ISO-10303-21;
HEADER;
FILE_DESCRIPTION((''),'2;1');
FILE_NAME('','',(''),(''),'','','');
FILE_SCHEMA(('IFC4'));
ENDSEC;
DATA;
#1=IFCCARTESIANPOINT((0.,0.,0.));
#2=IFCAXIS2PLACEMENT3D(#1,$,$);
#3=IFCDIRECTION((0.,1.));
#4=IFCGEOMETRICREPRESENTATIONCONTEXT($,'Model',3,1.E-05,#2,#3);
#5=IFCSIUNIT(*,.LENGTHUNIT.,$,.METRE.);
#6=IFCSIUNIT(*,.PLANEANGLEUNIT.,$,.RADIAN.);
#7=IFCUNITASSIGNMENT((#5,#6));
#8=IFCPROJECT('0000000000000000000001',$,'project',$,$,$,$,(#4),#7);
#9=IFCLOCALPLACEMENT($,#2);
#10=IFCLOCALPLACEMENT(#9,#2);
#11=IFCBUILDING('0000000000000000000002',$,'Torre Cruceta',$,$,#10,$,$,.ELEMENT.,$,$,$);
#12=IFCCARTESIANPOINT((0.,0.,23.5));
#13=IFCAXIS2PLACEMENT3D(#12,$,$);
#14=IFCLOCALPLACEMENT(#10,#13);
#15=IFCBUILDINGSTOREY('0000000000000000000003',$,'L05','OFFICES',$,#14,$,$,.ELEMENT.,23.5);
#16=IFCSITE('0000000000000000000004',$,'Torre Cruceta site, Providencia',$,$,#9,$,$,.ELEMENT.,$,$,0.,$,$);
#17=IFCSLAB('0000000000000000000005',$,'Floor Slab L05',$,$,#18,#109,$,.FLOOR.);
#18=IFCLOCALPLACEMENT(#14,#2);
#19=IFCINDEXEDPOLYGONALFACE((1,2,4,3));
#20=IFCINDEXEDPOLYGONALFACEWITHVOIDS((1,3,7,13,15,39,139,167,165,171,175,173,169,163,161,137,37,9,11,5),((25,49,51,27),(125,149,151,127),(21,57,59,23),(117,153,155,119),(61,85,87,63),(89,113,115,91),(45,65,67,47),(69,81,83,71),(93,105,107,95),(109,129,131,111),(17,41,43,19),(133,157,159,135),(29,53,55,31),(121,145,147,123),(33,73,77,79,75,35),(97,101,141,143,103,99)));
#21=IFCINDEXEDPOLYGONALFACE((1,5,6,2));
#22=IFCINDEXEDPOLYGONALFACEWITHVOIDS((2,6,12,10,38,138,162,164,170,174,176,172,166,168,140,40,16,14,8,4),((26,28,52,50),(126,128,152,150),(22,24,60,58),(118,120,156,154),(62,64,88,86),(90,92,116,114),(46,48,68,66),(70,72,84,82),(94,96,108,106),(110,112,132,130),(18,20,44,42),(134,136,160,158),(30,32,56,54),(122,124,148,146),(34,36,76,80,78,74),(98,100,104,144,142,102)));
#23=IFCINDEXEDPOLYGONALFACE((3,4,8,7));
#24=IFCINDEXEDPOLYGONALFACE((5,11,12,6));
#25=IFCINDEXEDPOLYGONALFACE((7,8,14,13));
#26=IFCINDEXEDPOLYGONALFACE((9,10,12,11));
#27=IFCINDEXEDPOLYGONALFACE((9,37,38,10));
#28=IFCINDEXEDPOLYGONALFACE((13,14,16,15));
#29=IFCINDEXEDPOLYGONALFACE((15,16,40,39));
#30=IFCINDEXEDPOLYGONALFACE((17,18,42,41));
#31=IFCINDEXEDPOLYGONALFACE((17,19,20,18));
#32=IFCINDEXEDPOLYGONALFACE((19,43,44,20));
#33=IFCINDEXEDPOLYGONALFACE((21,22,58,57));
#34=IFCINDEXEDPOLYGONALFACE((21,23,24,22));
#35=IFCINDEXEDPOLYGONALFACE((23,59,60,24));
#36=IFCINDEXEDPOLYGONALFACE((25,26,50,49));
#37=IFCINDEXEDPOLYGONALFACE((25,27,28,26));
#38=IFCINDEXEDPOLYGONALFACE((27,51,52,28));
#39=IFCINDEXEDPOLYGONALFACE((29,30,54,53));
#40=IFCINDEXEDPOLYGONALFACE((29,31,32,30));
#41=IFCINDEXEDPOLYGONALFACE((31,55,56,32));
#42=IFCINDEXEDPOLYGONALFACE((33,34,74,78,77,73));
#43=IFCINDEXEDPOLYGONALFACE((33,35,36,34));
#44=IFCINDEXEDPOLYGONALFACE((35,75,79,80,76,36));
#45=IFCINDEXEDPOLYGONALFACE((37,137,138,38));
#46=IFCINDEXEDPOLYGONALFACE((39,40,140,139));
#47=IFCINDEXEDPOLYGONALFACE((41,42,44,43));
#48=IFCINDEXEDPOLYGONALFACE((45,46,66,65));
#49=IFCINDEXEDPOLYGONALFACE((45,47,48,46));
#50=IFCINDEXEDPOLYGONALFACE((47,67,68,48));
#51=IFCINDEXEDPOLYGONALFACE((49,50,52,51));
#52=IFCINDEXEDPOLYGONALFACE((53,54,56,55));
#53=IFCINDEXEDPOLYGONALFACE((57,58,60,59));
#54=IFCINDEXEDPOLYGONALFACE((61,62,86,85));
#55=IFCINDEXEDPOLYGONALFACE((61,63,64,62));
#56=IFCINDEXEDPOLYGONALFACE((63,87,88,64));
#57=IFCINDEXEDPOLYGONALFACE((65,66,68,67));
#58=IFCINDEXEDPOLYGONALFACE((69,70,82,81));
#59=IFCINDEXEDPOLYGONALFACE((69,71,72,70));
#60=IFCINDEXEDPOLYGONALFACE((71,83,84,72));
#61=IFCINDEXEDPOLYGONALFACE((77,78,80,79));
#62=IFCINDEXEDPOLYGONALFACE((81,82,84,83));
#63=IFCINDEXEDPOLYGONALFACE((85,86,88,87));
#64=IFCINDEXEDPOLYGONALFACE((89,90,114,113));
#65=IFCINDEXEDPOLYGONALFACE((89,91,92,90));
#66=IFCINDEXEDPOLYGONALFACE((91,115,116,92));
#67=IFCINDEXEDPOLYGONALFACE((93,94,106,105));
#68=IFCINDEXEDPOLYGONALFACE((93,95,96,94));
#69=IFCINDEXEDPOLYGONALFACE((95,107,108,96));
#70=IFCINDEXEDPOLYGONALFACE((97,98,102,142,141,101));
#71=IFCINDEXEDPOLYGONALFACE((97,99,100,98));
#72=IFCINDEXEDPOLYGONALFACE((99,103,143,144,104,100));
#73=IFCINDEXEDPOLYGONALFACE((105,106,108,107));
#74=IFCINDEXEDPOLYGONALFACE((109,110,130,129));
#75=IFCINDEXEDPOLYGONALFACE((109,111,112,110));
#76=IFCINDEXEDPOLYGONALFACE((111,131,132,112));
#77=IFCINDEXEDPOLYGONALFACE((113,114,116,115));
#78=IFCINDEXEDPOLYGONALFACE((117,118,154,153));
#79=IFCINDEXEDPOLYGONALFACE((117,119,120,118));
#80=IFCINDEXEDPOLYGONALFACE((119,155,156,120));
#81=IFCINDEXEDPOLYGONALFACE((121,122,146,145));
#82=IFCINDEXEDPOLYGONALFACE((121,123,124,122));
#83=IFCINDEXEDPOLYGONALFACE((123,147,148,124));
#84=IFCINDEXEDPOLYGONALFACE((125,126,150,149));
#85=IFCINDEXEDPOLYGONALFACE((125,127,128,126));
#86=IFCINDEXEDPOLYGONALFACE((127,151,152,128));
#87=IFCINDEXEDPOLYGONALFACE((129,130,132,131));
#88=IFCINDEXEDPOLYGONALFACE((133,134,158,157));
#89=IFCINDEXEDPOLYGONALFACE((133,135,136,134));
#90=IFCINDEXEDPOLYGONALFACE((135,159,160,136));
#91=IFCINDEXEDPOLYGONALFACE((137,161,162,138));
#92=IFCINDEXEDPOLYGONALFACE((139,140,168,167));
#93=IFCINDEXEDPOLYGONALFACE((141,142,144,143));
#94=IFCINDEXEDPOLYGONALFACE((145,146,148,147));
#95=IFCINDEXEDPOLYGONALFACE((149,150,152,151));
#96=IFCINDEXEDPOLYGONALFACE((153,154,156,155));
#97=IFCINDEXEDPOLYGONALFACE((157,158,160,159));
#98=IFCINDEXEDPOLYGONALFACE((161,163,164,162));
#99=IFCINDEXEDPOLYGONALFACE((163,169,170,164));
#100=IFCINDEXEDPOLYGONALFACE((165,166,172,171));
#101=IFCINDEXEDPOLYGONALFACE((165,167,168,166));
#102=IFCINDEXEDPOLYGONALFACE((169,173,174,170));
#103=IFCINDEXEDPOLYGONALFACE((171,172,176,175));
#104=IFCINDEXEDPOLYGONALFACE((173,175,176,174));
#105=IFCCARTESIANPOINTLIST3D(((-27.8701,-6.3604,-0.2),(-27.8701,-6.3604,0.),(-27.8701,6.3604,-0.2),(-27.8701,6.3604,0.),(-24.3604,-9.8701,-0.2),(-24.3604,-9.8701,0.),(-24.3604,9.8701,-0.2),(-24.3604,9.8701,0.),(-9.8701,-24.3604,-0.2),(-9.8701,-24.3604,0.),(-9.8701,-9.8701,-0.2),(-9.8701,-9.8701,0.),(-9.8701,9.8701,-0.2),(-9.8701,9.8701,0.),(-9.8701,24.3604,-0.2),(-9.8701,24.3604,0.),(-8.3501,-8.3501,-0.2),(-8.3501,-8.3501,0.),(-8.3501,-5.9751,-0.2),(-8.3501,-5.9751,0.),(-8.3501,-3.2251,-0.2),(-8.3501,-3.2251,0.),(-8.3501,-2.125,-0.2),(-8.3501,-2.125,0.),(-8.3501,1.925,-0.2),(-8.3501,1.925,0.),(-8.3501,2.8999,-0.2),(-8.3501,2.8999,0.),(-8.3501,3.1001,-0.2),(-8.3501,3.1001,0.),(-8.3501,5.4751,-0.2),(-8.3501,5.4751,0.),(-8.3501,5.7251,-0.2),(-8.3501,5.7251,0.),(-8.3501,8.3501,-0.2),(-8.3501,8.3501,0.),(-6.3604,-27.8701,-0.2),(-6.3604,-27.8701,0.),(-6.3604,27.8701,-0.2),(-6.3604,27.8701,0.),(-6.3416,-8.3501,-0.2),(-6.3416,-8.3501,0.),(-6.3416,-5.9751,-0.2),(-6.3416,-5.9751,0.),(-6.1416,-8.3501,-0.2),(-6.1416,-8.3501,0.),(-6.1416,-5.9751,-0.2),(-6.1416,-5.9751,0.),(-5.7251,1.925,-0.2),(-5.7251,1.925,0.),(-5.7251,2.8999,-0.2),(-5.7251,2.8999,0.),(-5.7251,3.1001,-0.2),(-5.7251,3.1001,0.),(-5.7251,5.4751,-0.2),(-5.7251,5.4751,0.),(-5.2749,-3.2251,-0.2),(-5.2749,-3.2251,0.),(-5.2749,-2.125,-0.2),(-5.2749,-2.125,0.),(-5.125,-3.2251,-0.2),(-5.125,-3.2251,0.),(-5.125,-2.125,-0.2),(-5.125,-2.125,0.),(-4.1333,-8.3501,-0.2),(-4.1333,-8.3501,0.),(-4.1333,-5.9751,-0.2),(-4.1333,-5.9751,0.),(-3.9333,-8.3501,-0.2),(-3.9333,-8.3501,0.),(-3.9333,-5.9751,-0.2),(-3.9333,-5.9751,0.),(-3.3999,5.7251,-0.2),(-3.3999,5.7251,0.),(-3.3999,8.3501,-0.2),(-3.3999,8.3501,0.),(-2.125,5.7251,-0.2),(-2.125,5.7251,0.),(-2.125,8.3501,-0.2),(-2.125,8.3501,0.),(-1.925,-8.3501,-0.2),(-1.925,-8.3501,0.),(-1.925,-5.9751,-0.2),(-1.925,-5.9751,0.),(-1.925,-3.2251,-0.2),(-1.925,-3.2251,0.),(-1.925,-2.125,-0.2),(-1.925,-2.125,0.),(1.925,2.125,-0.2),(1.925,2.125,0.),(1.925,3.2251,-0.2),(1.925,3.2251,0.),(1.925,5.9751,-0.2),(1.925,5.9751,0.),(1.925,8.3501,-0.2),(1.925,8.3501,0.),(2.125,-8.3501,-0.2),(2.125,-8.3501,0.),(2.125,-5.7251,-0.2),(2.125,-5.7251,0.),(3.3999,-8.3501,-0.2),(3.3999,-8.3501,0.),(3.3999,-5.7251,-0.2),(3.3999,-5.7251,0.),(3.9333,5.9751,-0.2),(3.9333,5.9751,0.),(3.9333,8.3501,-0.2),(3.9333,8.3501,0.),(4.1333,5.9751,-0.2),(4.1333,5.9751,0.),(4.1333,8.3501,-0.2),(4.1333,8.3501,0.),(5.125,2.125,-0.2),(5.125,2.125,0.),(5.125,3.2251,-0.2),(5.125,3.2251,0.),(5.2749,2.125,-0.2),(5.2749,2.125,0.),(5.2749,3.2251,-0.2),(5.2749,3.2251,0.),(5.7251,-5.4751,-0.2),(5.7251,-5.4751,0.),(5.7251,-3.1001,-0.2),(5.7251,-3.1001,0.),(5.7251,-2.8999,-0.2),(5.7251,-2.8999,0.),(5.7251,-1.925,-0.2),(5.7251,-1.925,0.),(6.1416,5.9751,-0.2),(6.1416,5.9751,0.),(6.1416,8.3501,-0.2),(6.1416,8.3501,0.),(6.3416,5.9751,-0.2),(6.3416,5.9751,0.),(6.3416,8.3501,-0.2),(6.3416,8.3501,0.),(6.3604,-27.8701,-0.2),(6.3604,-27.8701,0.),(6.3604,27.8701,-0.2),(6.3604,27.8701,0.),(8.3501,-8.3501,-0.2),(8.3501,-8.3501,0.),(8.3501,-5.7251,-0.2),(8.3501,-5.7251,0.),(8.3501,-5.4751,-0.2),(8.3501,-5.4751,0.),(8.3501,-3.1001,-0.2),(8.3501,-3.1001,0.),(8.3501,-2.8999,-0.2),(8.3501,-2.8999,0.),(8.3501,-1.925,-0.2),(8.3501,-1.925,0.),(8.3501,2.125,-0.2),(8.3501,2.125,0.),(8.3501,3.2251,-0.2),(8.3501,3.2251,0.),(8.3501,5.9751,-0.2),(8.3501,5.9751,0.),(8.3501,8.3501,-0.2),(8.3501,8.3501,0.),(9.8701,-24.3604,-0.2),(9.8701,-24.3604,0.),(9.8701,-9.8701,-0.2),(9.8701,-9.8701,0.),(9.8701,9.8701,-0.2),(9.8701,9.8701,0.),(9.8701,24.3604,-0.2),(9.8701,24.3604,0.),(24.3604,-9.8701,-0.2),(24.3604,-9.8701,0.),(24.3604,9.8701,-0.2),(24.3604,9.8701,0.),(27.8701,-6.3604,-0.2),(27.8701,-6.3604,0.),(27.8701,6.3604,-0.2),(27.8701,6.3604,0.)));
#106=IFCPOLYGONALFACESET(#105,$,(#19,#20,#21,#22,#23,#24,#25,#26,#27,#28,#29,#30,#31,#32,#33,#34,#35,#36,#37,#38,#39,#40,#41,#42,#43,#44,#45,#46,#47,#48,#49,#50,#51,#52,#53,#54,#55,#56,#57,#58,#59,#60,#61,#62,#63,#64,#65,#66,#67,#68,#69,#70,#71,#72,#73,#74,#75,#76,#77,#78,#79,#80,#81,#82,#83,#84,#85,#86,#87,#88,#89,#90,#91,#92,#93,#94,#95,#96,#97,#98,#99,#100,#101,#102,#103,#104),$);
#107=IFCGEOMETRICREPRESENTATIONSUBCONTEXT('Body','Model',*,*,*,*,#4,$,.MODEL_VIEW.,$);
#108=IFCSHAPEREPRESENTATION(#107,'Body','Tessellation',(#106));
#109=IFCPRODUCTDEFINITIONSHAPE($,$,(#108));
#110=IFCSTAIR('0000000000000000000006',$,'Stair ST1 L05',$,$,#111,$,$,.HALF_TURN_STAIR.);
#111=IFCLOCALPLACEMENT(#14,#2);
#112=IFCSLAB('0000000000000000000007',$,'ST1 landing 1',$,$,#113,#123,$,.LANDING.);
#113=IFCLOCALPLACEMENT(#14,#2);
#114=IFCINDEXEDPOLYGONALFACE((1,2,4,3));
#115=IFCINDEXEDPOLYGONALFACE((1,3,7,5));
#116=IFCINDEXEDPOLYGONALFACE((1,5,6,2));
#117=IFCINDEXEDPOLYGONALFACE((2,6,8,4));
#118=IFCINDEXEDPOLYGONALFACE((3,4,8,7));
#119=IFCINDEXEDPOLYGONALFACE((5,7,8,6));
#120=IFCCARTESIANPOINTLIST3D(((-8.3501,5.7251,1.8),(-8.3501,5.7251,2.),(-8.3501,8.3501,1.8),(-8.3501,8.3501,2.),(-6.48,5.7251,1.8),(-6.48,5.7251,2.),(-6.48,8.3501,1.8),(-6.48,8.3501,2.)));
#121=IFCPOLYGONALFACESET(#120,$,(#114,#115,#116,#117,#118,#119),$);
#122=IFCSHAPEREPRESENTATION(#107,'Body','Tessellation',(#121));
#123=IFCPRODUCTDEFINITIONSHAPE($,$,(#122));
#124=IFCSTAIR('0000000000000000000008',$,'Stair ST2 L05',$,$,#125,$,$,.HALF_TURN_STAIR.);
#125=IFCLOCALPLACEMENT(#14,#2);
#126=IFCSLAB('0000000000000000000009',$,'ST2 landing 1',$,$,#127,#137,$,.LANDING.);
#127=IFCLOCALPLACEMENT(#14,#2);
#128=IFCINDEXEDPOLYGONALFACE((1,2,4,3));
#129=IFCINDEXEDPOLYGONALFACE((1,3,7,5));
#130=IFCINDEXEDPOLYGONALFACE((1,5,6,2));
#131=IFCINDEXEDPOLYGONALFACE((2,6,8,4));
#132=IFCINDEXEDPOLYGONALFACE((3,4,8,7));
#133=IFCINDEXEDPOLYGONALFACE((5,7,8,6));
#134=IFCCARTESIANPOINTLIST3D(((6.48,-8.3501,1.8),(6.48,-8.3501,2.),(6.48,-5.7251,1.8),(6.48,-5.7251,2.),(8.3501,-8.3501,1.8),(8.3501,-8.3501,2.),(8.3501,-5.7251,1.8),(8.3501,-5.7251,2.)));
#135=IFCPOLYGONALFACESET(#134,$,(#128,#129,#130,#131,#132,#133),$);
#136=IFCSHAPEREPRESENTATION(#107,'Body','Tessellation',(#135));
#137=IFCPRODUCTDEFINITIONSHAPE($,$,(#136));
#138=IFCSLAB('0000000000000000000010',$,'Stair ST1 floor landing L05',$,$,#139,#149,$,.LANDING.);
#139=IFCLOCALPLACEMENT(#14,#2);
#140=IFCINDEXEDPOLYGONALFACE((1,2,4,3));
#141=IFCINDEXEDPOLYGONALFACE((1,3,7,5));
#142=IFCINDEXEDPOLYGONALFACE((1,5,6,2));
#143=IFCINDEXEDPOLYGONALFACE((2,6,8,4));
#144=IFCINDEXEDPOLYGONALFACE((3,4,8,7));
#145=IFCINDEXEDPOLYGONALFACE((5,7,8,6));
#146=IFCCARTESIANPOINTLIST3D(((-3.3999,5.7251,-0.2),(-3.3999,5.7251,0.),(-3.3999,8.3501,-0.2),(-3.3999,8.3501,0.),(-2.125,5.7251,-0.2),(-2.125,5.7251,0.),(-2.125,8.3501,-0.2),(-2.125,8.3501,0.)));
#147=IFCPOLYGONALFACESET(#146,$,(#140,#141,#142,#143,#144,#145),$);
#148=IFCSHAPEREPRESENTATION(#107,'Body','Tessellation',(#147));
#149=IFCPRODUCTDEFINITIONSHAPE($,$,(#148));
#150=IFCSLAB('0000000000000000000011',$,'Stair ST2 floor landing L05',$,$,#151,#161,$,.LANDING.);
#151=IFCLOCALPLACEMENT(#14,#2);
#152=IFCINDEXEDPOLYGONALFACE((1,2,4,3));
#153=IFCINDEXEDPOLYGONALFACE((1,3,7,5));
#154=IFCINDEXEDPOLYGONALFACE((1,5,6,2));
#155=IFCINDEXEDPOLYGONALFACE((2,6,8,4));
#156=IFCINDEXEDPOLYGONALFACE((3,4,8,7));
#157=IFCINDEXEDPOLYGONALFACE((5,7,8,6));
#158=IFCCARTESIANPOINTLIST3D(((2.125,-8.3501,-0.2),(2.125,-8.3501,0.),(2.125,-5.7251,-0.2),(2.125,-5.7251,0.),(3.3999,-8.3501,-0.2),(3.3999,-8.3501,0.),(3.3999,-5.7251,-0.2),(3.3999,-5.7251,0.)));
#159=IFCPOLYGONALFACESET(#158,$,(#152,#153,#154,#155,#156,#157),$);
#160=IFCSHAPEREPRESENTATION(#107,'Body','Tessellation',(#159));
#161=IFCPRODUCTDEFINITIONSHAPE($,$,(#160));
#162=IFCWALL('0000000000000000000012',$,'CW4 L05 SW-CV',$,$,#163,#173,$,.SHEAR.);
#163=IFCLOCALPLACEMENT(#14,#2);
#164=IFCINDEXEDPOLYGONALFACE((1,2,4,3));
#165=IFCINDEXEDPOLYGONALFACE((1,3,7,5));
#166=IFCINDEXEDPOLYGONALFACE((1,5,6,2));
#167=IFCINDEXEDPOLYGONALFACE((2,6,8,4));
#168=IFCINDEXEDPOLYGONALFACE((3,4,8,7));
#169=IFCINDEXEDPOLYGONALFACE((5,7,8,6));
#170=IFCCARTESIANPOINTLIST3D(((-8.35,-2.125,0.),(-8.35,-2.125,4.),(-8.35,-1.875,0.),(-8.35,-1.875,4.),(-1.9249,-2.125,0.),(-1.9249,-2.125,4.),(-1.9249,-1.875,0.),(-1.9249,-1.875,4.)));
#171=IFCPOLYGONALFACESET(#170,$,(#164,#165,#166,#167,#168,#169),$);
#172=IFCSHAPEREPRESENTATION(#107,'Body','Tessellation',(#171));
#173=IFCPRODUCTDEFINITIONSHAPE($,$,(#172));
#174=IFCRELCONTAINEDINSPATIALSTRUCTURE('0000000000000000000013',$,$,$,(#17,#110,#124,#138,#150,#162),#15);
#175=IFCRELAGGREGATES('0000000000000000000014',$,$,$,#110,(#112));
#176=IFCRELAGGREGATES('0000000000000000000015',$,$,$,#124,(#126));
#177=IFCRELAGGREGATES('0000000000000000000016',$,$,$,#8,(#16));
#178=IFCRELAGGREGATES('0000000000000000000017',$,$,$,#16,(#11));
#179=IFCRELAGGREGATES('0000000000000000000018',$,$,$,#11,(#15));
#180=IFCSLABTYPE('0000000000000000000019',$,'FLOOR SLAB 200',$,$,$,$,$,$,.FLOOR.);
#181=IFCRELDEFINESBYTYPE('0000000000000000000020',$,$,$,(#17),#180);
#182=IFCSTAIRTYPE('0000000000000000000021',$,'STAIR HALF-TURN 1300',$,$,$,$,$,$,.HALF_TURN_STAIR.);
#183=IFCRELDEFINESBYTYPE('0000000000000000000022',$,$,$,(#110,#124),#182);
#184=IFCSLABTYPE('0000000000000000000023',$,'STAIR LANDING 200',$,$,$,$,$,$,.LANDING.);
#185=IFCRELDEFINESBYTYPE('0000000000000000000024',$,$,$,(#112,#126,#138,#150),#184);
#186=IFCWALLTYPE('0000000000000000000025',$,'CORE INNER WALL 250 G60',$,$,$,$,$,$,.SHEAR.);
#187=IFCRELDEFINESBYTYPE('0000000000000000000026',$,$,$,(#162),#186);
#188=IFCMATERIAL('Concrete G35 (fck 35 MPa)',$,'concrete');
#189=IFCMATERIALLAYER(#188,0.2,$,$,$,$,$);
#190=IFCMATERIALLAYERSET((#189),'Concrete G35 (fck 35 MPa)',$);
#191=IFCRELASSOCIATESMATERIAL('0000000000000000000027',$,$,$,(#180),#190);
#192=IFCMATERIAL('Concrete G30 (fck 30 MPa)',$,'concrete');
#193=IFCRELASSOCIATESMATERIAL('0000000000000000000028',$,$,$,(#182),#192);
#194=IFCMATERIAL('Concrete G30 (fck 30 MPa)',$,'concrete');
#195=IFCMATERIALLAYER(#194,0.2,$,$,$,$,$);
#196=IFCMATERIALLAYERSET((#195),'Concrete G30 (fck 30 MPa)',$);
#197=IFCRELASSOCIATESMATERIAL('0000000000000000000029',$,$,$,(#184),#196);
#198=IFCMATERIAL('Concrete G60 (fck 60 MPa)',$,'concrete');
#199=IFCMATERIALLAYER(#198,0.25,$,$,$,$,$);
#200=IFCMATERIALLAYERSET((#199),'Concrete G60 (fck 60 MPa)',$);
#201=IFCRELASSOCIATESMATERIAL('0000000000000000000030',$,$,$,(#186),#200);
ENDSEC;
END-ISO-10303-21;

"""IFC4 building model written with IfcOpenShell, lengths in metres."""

from ifc_helpers import new_model, si_unit, direction, frame, frame_2d, origin, place, context, subcontext, project, spatial, polyline, rectangle, outline, extrude, material, layer, layer_set, type_object, element, aggregate, save


model = new_model("IFC4")

# Units and contexts
model_context = context("Model", 3, precision=1e-05, world=origin(), true_north=direction((0.0, 1.0)))
body_context = subcontext(model_context, "Body", "Model", "MODEL_VIEW")
ifc_project = project(units=[si_unit("LENGTHUNIT", "METRE"), si_unit("PLANEANGLEUNIT", "RADIAN")], contexts=[model_context])

# Site, building, storey
site_placement = place(None, origin())
site = spatial("IfcSite", under=ifc_project, at=site_placement, Name="Torre Cruceta site, Providencia", CompositionType="ELEMENT", RefElevation=0.0)
building_placement = place(site_placement, origin())
building = spatial("IfcBuilding", under=site, at=building_placement, Name="Torre Cruceta", CompositionType="ELEMENT")
storey_placement = place(building_placement, frame((0.0, 0.0, 23.5)))
storey = spatial("IfcBuildingStorey", under=building, at=storey_placement, Name="L05", Description="OFFICES", CompositionType="ELEMENT", Elevation=23.5)

# Slab
ifc_material_1 = material(Name="Concrete G35 (fck 35 MPa)", Category="concrete")
ifc_layer_1 = layer(ifc_material_1, 0.2)
ifc_layer_set_1 = layer_set([ifc_layer_1], Name="Concrete G35 (fck 35 MPa)")
slab_type_1 = type_object("IfcSlabType", Name="FLOOR SLAB 200", PredefinedType="FLOOR", material=ifc_layer_set_1)
slab_1_placement = place(storey_placement, frame((0.0, 0.0, -0.2)))
element("IfcSlab", 1, at=slab_1_placement, inside=storey, type_object=slab_type_1, Name="Floor Slab L05", PredefinedType="FLOOR", context=body_context, shape_type="SweptSolid", body=[
    extrude(outline(polyline([(9.8701, -9.8701), (9.8701, -24.3604), (6.3604, -27.8701), (-6.3604, -27.8701), (-9.8701, -24.3604), (-9.8701, -9.8701), (-24.3604, -9.8701), (-27.8701, -6.3604), (-27.8701, 6.3604), (-24.3604, 9.8701), (-9.8701, 9.8701), (-9.8701, 24.3604), (-6.3604, 27.8701), (6.3604, 27.8701), (9.8701, 24.3604), (9.8701, 9.8701), (24.3604, 9.8701), (27.8701, 6.3604), (27.8701, -6.3604), (24.3604, -9.8701), (9.8701, -9.8701)]), holes=[polyline([(1.925, 5.9751), (3.9333, 5.9751), (3.9333, 8.3501), (1.925, 8.3501), (1.925, 5.9751)]), polyline([(4.1333, 5.9751), (6.1416, 5.9751), (6.1416, 8.3501), (4.1333, 8.3501), (4.1333, 5.9751)]), polyline([(6.3416, 5.9751), (8.3501, 5.9751), (8.3501, 8.3501), (6.3416, 8.3501), (6.3416, 5.9751)]), polyline([(1.925, 2.125), (5.125, 2.125), (5.125, 3.2251), (1.925, 3.2251), (1.925, 2.125)]), polyline([(5.2749, 2.125), (8.3501, 2.125), (8.3501, 3.2251), (5.2749, 3.2251), (5.2749, 2.125)]), polyline([(-8.3501, 3.1001), (-5.7251, 3.1001), (-5.7251, 5.4751), (-8.3501, 5.4751), (-8.3501, 3.1001)]), polyline([(-8.3501, 1.925), (-5.7251, 1.925), (-5.7251, 2.8999), (-8.3501, 2.8999), (-8.3501, 1.925)]), polyline([(-3.9333, -8.3501), (-1.925, -8.3501), (-1.925, -5.9751), (-3.9333, -5.9751), (-3.9333, -8.3501)]), polyline([(-6.1416, -8.3501), (-4.1333, -8.3501), (-4.1333, -5.9751), (-6.1416, -5.9751), (-6.1416, -8.3501)]), polyline([(-8.3501, -8.3501), (-6.3416, -8.3501), (-6.3416, -5.9751), (-8.3501, -5.9751), (-8.3501, -8.3501)]), polyline([(-5.125, -3.2251), (-1.925, -3.2251), (-1.925, -2.125), (-5.125, -2.125), (-5.125, -3.2251)]), polyline([(-8.3501, -3.2251), (-5.2749, -3.2251), (-5.2749, -2.125), (-8.3501, -2.125), (-8.3501, -3.2251)]), polyline([(5.7251, -5.4751), (8.3501, -5.4751), (8.3501, -3.1001), (5.7251, -3.1001), (5.7251, -5.4751)]), polyline([(5.7251, -2.8999), (8.3501, -2.8999), (8.3501, -1.925), (5.7251, -1.925), (5.7251, -2.8999)]), polyline([(-8.3501, 5.7251), (-8.3501, 8.3501), (-3.3999, 8.3501), (-2.125, 8.3501), (-2.125, 5.7251), (-3.3999, 5.7251), (-8.3501, 5.7251)]), polyline([(2.125, -5.7251), (3.3999, -5.7251), (8.3501, -5.7251), (8.3501, -8.3501), (3.3999, -8.3501), (2.125, -8.3501), (2.125, -5.7251)])]), origin(), (0.0, 0.0, 1.0), 0.2),
])

# Stairs, slabs
ifc_material_2 = material(Name="Concrete G30 (fck 30 MPa)", Category="concrete")
stair_type = type_object("IfcStairType", Name="STAIR HALF-TURN 1300", PredefinedType="HALF_TURN_STAIR", material=ifc_material_2)
stair_1_placement = place(storey_placement, origin())
stair_1 = element("IfcStair", 2, at=stair_1_placement, inside=storey, type_object=stair_type, Name="Stair ST1 L05", PredefinedType="HALF_TURN_STAIR")
ifc_material_3 = material(Name="Concrete G30 (fck 30 MPa)", Category="concrete")
ifc_layer_2 = layer(ifc_material_3, 0.2)
ifc_layer_set_2 = layer_set([ifc_layer_2], Name="Concrete G30 (fck 30 MPa)")
slab_type_2 = type_object("IfcSlabType", Name="STAIR LANDING 200", PredefinedType="LANDING", material=ifc_layer_set_2)
slab_2_placement = place(storey_placement, frame((0.0, 0.0, 1.8)))
slab_2 = element("IfcSlab", 3, at=slab_2_placement, type_object=slab_type_2, Name="ST1 landing 1", PredefinedType="LANDING", context=body_context, shape_type="SweptSolid", body=[
    extrude(outline(polyline([(-8.3501, 5.7251), (-6.48, 5.7251), (-6.48, 8.3501), (-8.3501, 8.3501), (-8.3501, 5.7251)])), origin(), (0.0, 0.0, 1.0), 0.2),
])
aggregate(stair_1, [slab_2])
stair_2_placement = place(storey_placement, origin())
stair_2 = element("IfcStair", 4, at=stair_2_placement, inside=storey, type_object=stair_type, Name="Stair ST2 L05", PredefinedType="HALF_TURN_STAIR")
slab_3_placement = place(storey_placement, frame((0.0, 0.0, 1.8)))
slab_3 = element("IfcSlab", 5, at=slab_3_placement, type_object=slab_type_2, Name="ST2 landing 1", PredefinedType="LANDING", context=body_context, shape_type="SweptSolid", body=[
    extrude(outline(polyline([(6.48, -8.3501), (8.3501, -8.3501), (8.3501, -5.7251), (6.48, -5.7251), (6.48, -8.3501)])), origin(), (0.0, 0.0, 1.0), 0.2),
])
aggregate(stair_2, [slab_3])

# Slabs
slab_4_placement = place(storey_placement, frame((0.0, 0.0, -0.2)))
element("IfcSlab", 6, at=slab_4_placement, inside=storey, type_object=slab_type_2, Name="Stair ST1 floor landing L05", PredefinedType="LANDING", context=body_context, shape_type="SweptSolid", body=[
    extrude(outline(polyline([(-2.125, 8.3501), (-2.125, 5.7251), (-3.3999, 5.7251), (-3.3999, 8.3501), (-2.125, 8.3501)])), origin(), (0.0, 0.0, 1.0), 0.2),
])
slab_5_placement = place(storey_placement, frame((0.0, 0.0, -0.2)))
element("IfcSlab", 7, at=slab_5_placement, inside=storey, type_object=slab_type_2, Name="Stair ST2 floor landing L05", PredefinedType="LANDING", context=body_context, shape_type="SweptSolid", body=[
    extrude(outline(polyline([(2.125, -8.3501), (2.125, -5.7251), (3.3999, -5.7251), (3.3999, -8.3501), (2.125, -8.3501)])), origin(), (0.0, 0.0, 1.0), 0.2),
])

# Shared definitions
ifc_material_4 = material(Name="Concrete G60 (fck 60 MPa)", Category="concrete")
ifc_layer_3 = layer(ifc_material_4, 0.25)
ifc_layer_set_3 = layer_set([ifc_layer_3], Name="Concrete G60 (fck 60 MPa)")
wall_type_1 = type_object("IfcWallType", Name="CORE INNER WALL 250 G60", PredefinedType="SHEAR", material=ifc_layer_set_3)

# Wall
wall_1_placement = place(storey_placement, frame((-1.925, -2.0, 0.0), z_axis=(0.0, 0.0, 1.0), x_axis=(-1.0, 0.0, 0.0)))
element("IfcWall", 8, at=wall_1_placement, inside=storey, type_object=wall_type_1, Name="CW4 L05 SW-CV", PredefinedType="SHEAR", context=body_context, shape_type="SweptSolid", body=[
    extrude(rectangle(XDim=6.425, YDim=0.25, at=frame_2d((3.2124, 0.0))), origin(), (0.0, 0.0, 1.0), 4.0),
])

save(model, "model.ifc")
